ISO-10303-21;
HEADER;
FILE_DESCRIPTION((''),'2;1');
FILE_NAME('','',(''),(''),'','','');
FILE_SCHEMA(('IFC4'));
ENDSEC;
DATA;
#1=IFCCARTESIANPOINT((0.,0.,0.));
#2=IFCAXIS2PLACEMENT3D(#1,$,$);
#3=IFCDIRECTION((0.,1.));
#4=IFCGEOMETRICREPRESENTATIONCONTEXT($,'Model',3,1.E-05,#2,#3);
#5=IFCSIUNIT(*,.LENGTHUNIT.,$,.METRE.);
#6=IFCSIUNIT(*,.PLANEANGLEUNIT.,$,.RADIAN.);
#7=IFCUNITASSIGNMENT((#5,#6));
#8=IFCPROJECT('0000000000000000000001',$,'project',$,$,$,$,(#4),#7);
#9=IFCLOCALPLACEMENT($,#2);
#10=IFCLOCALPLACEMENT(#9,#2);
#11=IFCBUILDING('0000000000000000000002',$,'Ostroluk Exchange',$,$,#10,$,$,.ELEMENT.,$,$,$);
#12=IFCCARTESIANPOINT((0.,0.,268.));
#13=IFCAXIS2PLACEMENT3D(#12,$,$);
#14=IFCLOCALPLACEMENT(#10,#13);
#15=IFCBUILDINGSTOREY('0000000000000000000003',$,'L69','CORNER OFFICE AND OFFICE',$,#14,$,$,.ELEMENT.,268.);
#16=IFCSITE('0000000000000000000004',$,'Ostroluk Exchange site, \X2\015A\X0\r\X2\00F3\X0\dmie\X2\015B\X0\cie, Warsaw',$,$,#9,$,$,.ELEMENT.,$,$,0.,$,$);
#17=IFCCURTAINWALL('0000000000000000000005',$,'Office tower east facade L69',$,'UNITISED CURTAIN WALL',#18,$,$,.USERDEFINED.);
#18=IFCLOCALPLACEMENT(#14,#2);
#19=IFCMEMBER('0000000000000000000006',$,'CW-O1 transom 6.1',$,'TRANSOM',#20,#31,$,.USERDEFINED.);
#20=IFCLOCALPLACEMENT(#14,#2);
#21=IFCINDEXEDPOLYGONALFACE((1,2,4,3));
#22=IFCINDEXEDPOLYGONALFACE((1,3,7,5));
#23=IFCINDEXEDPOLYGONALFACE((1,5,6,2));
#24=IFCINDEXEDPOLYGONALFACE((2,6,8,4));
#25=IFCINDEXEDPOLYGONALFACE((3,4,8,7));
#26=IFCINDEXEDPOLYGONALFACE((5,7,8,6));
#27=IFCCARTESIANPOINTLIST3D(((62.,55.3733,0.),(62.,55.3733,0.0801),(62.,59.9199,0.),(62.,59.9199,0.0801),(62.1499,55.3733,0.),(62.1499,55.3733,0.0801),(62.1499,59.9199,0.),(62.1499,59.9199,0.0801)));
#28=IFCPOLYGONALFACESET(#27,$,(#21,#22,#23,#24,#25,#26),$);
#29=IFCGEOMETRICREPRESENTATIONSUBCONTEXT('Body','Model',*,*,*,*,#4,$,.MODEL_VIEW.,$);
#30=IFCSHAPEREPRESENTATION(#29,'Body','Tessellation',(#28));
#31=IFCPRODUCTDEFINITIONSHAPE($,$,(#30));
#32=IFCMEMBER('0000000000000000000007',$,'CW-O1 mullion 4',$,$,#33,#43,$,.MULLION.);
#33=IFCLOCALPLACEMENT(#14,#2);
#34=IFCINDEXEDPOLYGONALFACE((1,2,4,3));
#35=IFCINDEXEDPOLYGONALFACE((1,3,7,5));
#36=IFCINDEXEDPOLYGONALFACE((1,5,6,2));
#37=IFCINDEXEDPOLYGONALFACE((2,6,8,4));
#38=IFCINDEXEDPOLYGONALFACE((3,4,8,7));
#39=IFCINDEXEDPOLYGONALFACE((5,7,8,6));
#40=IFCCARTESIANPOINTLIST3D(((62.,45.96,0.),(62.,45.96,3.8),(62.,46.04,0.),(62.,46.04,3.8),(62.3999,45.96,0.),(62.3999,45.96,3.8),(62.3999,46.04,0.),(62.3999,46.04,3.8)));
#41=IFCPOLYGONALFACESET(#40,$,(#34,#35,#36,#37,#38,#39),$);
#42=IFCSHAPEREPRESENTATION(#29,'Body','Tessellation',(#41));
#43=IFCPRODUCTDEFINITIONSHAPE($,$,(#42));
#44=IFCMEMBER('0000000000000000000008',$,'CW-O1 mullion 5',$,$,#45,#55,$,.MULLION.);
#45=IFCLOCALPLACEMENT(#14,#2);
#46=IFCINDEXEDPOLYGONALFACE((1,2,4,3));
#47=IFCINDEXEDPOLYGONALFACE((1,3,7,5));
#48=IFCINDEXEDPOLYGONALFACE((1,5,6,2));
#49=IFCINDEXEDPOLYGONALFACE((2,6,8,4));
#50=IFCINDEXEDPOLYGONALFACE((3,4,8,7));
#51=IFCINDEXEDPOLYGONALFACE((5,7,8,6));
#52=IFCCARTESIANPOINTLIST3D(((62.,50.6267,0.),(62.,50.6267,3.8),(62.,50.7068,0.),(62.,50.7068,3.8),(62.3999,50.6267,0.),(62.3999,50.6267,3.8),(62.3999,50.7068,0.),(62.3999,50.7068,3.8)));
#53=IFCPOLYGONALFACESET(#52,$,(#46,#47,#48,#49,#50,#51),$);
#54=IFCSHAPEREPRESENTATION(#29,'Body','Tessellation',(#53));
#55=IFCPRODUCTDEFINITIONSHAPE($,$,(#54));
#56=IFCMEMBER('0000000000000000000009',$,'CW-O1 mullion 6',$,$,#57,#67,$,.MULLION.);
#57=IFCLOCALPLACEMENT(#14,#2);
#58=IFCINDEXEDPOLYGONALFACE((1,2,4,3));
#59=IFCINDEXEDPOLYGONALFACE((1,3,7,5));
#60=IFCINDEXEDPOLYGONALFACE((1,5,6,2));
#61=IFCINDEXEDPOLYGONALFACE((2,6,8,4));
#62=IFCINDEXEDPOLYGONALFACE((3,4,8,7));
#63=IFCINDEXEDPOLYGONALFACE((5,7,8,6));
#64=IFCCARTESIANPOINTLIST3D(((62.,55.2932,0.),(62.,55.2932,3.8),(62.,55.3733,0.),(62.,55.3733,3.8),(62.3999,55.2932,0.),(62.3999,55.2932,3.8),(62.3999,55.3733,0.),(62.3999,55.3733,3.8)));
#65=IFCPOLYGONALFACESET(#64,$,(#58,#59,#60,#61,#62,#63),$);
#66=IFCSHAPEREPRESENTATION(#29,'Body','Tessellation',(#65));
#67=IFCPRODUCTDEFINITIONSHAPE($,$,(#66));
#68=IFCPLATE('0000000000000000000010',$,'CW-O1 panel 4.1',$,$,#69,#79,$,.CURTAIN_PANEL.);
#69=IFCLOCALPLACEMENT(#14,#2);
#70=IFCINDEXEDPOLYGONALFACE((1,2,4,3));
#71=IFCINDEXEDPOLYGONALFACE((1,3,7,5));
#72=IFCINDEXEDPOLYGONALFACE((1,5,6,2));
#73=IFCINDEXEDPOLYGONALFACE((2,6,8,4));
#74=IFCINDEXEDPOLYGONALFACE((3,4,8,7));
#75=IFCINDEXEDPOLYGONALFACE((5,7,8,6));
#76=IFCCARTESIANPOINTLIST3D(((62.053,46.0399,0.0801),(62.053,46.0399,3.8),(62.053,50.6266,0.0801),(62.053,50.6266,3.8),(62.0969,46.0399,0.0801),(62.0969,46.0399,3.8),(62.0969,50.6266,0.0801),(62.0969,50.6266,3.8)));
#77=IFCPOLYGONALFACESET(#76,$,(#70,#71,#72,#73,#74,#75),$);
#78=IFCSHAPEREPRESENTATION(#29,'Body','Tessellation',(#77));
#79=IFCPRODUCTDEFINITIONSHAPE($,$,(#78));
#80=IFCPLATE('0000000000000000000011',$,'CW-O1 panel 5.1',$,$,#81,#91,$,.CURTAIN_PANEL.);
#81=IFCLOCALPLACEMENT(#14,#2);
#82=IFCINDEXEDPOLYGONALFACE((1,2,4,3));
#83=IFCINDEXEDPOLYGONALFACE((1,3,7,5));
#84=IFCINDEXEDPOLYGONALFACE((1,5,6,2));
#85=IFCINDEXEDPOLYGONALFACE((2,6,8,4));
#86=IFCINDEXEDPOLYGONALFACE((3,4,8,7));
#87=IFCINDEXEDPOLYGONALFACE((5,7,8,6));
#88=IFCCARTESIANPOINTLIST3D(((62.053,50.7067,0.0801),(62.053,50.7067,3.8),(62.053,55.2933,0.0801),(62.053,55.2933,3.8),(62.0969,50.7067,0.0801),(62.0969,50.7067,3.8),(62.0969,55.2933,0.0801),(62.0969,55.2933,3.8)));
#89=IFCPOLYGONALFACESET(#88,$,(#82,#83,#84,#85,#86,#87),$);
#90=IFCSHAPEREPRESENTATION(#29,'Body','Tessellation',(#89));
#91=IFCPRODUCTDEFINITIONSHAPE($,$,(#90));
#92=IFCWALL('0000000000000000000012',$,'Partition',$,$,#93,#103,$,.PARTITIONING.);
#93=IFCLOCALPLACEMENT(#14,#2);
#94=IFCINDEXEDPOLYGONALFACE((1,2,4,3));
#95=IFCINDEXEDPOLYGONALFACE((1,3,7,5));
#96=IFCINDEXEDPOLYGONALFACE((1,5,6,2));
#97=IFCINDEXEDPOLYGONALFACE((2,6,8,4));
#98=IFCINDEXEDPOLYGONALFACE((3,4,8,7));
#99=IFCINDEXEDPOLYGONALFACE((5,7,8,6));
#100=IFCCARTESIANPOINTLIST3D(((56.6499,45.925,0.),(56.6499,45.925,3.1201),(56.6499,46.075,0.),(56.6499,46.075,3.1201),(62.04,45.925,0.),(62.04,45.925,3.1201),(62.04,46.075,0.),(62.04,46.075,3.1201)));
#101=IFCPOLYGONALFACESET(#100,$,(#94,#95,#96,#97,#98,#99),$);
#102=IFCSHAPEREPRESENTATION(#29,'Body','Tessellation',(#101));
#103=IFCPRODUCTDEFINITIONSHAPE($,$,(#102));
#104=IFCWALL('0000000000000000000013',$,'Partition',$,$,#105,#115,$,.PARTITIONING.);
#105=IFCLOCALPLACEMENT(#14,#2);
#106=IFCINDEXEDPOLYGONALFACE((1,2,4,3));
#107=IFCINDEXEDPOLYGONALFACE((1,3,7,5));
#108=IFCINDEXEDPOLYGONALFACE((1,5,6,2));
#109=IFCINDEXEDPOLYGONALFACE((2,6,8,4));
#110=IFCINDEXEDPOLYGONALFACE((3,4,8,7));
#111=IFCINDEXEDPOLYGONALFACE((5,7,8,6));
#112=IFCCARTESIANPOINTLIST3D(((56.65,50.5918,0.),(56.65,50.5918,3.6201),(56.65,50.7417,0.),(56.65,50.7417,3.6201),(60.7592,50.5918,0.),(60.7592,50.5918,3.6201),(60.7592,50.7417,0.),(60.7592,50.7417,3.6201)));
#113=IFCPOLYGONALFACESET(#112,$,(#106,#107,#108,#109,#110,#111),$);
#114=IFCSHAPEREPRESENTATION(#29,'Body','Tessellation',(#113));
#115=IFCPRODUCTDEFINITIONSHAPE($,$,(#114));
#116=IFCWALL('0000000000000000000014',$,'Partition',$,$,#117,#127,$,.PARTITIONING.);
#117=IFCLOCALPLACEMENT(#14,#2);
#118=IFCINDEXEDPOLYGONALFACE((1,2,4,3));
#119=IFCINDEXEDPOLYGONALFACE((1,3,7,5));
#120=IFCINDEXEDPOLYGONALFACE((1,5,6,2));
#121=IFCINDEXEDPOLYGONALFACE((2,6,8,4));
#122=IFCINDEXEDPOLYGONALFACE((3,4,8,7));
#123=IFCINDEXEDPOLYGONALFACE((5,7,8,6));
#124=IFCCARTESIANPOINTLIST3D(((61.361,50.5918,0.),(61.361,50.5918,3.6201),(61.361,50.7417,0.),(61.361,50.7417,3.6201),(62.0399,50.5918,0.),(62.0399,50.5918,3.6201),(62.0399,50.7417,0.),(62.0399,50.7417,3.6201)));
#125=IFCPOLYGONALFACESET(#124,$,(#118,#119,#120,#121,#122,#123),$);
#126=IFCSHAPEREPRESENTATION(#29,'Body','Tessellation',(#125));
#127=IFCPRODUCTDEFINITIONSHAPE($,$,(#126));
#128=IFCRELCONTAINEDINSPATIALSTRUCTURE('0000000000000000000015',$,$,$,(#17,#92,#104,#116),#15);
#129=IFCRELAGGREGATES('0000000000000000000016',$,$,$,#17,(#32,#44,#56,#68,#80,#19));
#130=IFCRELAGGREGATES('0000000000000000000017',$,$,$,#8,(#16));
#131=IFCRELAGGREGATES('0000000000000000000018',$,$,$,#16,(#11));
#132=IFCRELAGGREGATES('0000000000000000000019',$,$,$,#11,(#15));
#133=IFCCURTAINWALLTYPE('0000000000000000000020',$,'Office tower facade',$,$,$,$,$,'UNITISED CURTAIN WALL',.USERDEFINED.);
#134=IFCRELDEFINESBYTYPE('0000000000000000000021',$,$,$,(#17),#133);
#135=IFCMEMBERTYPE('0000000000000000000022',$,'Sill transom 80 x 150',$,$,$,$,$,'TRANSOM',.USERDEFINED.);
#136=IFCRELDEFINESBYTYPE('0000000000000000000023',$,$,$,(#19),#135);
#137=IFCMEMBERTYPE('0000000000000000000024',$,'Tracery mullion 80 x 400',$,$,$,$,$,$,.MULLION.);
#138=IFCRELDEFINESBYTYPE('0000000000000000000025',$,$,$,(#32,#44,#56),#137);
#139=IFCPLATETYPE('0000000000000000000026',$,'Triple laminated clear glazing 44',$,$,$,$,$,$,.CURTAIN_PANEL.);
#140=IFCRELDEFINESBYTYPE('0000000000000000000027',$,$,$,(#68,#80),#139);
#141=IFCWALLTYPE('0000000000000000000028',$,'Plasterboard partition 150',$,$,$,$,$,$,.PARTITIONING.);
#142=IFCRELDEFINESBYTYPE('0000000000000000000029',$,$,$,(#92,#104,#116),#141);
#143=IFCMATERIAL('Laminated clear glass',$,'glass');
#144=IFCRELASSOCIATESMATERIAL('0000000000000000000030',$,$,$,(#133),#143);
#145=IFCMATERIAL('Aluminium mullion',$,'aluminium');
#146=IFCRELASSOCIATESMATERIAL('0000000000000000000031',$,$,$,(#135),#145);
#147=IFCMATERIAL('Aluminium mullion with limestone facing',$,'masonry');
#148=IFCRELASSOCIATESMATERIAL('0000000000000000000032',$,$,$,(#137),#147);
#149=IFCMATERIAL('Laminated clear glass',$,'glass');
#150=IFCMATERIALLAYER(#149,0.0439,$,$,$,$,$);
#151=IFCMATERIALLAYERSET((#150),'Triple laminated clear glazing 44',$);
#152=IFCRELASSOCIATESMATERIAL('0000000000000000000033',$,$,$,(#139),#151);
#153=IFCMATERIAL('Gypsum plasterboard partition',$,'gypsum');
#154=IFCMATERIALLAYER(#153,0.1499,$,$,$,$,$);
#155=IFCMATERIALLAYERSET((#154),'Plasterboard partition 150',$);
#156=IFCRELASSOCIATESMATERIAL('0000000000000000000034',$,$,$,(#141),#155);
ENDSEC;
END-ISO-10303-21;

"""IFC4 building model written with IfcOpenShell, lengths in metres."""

from ifc_helpers import new_model, si_unit, direction, frame, frame_2d, origin, origin_2d, place, context, subcontext, project, spatial, rectangle, extrude, material, layer, layer_set, material_profile, profile_set, type_object, element, aggregate, save


model = new_model("IFC4")

# Units and contexts
model_context = context("Model", 3, precision=1e-05, world=origin(), true_north=direction((0.0, 1.0)))
body_context = subcontext(model_context, "Body", "Model", "MODEL_VIEW")
ifc_project = project(units=[si_unit("LENGTHUNIT", "METRE"), si_unit("PLANEANGLEUNIT", "RADIAN")], contexts=[model_context])

# Site, building, storey
site_placement = place(None, origin())
site = spatial("IfcSite", under=ifc_project, at=site_placement, Name="Ostroluk Exchange site, Śródmieście, Warsaw", CompositionType="ELEMENT", RefElevation=0.0)
building_placement = place(site_placement, origin())
building = spatial("IfcBuilding", under=site, at=building_placement, Name="Ostroluk Exchange", CompositionType="ELEMENT")
storey_placement = place(building_placement, frame((0.0, 0.0, 268.0)))
storey = spatial("IfcBuildingStorey", under=building, at=storey_placement, Name="L69", Description="CORNER OFFICE AND OFFICE", CompositionType="ELEMENT", Elevation=268.0)

# Curtain wall, members, plates
ifc_material_1 = material(Name="Laminated clear glass", Category="glass")
curtain_wall_type = type_object("IfcCurtainWallType", Name="Office tower facade", ElementType="UNITISED CURTAIN WALL", PredefinedType="USERDEFINED", material=ifc_material_1)
curtain_wall_placement = place(storey_placement, origin())
curtain_wall = element("IfcCurtainWall", 1, at=curtain_wall_placement, inside=storey, type_object=curtain_wall_type, Name="Office tower east facade L69", ObjectType="UNITISED CURTAIN WALL", PredefinedType="USERDEFINED")
ifc_material_2 = material(Name="Aluminium mullion", Category="aluminium")
ifc_material_profile_1 = material_profile(ifc_material_2, rectangle(XDim=0.1499, YDim=0.0801, at=origin_2d()), Name="Sill transom 80 x 150")
ifc_profile_set_1 = profile_set([ifc_material_profile_1], Name="Aluminium mullion")
member_type_1 = type_object("IfcMemberType", Name="Sill transom 80 x 150", ElementType="TRANSOM", PredefinedType="USERDEFINED", material=ifc_profile_set_1)
member_1_placement = place(storey_placement, frame((62.075, 55.3733, 0.04), z_axis=(0.0, 1.0, 0.0), x_axis=(-1.0, 0.0, 0.0)))
member_1 = element("IfcMember", 2, at=member_1_placement, type_object=member_type_1, Name="CW-O1 transom 6.1", ObjectType="TRANSOM", PredefinedType="USERDEFINED", context=body_context, shape_type="SweptSolid", body=[
    extrude(rectangle(XDim=0.1499, YDim=0.0801, at=origin_2d()), origin(), (0.0, 0.0, 1.0), 4.5466),
])
ifc_material_3 = material(Name="Aluminium mullion with limestone facing", Category="masonry")
ifc_material_profile_2 = material_profile(ifc_material_3, rectangle(XDim=0.3999, YDim=0.0801, at=origin_2d()), Name="Tracery mullion 80 x 400")
ifc_profile_set_2 = profile_set([ifc_material_profile_2], Name="Aluminium mullion with limestone facing")
member_type_2 = type_object("IfcMemberType", Name="Tracery mullion 80 x 400", PredefinedType="MULLION", material=ifc_profile_set_2)
member_2_placement = place(storey_placement, frame((62.2, 46.0, 0.0), z_axis=(0.0, 0.0, 1.0), x_axis=(-1.0, 0.0, 0.0)))
member_2 = element("IfcMember", 3, at=member_2_placement, type_object=member_type_2, Name="CW-O1 mullion 4", PredefinedType="MULLION", context=body_context, shape_type="SweptSolid", body=[
    extrude(rectangle(XDim=0.3999, YDim=0.0801, at=origin_2d()), origin(), (0.0, 0.0, 1.0), 3.8),
])
member_3_placement = place(storey_placement, frame((62.2, 50.6667, 0.0), z_axis=(0.0, 0.0, 1.0), x_axis=(-1.0, 0.0, 0.0)))
member_3 = element("IfcMember", 4, at=member_3_placement, type_object=member_type_2, Name="CW-O1 mullion 5", PredefinedType="MULLION", context=body_context, shape_type="SweptSolid", body=[
    extrude(rectangle(XDim=0.3999, YDim=0.0801, at=origin_2d()), origin(), (0.0, 0.0, 1.0), 3.8),
])
member_4_placement = place(storey_placement, frame((62.2, 55.3333, 0.0), z_axis=(0.0, 0.0, 1.0), x_axis=(-1.0, 0.0, 0.0)))
member_4 = element("IfcMember", 5, at=member_4_placement, type_object=member_type_2, Name="CW-O1 mullion 6", PredefinedType="MULLION", context=body_context, shape_type="SweptSolid", body=[
    extrude(rectangle(XDim=0.3999, YDim=0.0801, at=origin_2d()), origin(), (0.0, 0.0, 1.0), 3.8),
])
ifc_material_4 = material(Name="Laminated clear glass", Category="glass")
ifc_layer_1 = layer(ifc_material_4, 0.0439)
ifc_layer_set_1 = layer_set([ifc_layer_1], Name="Triple laminated clear glazing 44")
plate_type = type_object("IfcPlateType", Name="Triple laminated clear glazing 44", PredefinedType="CURTAIN_PANEL", material=ifc_layer_set_1)
plate_1_placement = place(storey_placement, frame((62.075, 48.3333, 0.0801), z_axis=(0.0, 0.0, 1.0), x_axis=(0.0, 1.0, 0.0)))
plate_1 = element("IfcPlate", 6, at=plate_1_placement, type_object=plate_type, Name="CW-O1 panel 4.1", PredefinedType="CURTAIN_PANEL", context=body_context, shape_type="SweptSolid", body=[
    extrude(rectangle(XDim=4.5867, YDim=0.0439, at=origin_2d()), origin(), (0.0, 0.0, 1.0), 3.72),
])
plate_2_placement = place(storey_placement, frame((62.075, 53.0, 0.0801), z_axis=(0.0, 0.0, 1.0), x_axis=(0.0, 1.0, 0.0)))
plate_2 = element("IfcPlate", 7, at=plate_2_placement, type_object=plate_type, Name="CW-O1 panel 5.1", PredefinedType="CURTAIN_PANEL", context=body_context, shape_type="SweptSolid", body=[
    extrude(rectangle(XDim=4.5867, YDim=0.0439, at=origin_2d()), origin(), (0.0, 0.0, 1.0), 3.72),
])
aggregate(curtain_wall, [member_2, member_3, member_4, plate_1, plate_2, member_1])

# Walls
ifc_material_5 = material(Name="Gypsum plasterboard partition", Category="gypsum")
ifc_layer_2 = layer(ifc_material_5, 0.1499)
ifc_layer_set_2 = layer_set([ifc_layer_2], Name="Plasterboard partition 150")
wall_type = type_object("IfcWallType", Name="Plasterboard partition 150", PredefinedType="PARTITIONING", material=ifc_layer_set_2)
wall_1_placement = place(storey_placement, frame((56.6499, 46.0, 0.0), z_axis=(0.0, 0.0, 1.0), x_axis=(1.0, 0.0, 0.0)))
element("IfcWall", 8, at=wall_1_placement, inside=storey, type_object=wall_type, Name="Partition", PredefinedType="PARTITIONING", context=body_context, shape_type="SweptSolid", body=[
    extrude(rectangle(XDim=5.3901, YDim=0.1499, at=frame_2d((2.6951, 0.0))), origin(), (0.0, 0.0, 1.0), 3.1201),
])
wall_2_placement = place(storey_placement, frame((56.6499, 50.6667, 0.0), z_axis=(0.0, 0.0, 1.0), x_axis=(1.0, 0.0, 0.0)))
element("IfcWall", 9, at=wall_2_placement, inside=storey, type_object=wall_type, Name="Partition", PredefinedType="PARTITIONING", context=body_context, shape_type="SweptSolid", body=[
    extrude(rectangle(XDim=4.1091, YDim=0.1499, at=frame_2d((2.0547, 0.0))), origin(), (0.0, 0.0, 1.0), 3.6201),
])
wall_3_placement = place(storey_placement, frame((61.3611, 50.6667, 0.0), z_axis=(0.0, 0.0, 1.0), x_axis=(1.0, 0.0, 0.0)))
element("IfcWall", 10, at=wall_3_placement, inside=storey, type_object=wall_type, Name="Partition", PredefinedType="PARTITIONING", context=body_context, shape_type="SweptSolid", body=[
    extrude(rectangle(XDim=0.679, YDim=0.1499, at=frame_2d((0.3394, 0.0))), origin(), (0.0, 0.0, 1.0), 3.6201),
])

save(model, "model.ifc")
